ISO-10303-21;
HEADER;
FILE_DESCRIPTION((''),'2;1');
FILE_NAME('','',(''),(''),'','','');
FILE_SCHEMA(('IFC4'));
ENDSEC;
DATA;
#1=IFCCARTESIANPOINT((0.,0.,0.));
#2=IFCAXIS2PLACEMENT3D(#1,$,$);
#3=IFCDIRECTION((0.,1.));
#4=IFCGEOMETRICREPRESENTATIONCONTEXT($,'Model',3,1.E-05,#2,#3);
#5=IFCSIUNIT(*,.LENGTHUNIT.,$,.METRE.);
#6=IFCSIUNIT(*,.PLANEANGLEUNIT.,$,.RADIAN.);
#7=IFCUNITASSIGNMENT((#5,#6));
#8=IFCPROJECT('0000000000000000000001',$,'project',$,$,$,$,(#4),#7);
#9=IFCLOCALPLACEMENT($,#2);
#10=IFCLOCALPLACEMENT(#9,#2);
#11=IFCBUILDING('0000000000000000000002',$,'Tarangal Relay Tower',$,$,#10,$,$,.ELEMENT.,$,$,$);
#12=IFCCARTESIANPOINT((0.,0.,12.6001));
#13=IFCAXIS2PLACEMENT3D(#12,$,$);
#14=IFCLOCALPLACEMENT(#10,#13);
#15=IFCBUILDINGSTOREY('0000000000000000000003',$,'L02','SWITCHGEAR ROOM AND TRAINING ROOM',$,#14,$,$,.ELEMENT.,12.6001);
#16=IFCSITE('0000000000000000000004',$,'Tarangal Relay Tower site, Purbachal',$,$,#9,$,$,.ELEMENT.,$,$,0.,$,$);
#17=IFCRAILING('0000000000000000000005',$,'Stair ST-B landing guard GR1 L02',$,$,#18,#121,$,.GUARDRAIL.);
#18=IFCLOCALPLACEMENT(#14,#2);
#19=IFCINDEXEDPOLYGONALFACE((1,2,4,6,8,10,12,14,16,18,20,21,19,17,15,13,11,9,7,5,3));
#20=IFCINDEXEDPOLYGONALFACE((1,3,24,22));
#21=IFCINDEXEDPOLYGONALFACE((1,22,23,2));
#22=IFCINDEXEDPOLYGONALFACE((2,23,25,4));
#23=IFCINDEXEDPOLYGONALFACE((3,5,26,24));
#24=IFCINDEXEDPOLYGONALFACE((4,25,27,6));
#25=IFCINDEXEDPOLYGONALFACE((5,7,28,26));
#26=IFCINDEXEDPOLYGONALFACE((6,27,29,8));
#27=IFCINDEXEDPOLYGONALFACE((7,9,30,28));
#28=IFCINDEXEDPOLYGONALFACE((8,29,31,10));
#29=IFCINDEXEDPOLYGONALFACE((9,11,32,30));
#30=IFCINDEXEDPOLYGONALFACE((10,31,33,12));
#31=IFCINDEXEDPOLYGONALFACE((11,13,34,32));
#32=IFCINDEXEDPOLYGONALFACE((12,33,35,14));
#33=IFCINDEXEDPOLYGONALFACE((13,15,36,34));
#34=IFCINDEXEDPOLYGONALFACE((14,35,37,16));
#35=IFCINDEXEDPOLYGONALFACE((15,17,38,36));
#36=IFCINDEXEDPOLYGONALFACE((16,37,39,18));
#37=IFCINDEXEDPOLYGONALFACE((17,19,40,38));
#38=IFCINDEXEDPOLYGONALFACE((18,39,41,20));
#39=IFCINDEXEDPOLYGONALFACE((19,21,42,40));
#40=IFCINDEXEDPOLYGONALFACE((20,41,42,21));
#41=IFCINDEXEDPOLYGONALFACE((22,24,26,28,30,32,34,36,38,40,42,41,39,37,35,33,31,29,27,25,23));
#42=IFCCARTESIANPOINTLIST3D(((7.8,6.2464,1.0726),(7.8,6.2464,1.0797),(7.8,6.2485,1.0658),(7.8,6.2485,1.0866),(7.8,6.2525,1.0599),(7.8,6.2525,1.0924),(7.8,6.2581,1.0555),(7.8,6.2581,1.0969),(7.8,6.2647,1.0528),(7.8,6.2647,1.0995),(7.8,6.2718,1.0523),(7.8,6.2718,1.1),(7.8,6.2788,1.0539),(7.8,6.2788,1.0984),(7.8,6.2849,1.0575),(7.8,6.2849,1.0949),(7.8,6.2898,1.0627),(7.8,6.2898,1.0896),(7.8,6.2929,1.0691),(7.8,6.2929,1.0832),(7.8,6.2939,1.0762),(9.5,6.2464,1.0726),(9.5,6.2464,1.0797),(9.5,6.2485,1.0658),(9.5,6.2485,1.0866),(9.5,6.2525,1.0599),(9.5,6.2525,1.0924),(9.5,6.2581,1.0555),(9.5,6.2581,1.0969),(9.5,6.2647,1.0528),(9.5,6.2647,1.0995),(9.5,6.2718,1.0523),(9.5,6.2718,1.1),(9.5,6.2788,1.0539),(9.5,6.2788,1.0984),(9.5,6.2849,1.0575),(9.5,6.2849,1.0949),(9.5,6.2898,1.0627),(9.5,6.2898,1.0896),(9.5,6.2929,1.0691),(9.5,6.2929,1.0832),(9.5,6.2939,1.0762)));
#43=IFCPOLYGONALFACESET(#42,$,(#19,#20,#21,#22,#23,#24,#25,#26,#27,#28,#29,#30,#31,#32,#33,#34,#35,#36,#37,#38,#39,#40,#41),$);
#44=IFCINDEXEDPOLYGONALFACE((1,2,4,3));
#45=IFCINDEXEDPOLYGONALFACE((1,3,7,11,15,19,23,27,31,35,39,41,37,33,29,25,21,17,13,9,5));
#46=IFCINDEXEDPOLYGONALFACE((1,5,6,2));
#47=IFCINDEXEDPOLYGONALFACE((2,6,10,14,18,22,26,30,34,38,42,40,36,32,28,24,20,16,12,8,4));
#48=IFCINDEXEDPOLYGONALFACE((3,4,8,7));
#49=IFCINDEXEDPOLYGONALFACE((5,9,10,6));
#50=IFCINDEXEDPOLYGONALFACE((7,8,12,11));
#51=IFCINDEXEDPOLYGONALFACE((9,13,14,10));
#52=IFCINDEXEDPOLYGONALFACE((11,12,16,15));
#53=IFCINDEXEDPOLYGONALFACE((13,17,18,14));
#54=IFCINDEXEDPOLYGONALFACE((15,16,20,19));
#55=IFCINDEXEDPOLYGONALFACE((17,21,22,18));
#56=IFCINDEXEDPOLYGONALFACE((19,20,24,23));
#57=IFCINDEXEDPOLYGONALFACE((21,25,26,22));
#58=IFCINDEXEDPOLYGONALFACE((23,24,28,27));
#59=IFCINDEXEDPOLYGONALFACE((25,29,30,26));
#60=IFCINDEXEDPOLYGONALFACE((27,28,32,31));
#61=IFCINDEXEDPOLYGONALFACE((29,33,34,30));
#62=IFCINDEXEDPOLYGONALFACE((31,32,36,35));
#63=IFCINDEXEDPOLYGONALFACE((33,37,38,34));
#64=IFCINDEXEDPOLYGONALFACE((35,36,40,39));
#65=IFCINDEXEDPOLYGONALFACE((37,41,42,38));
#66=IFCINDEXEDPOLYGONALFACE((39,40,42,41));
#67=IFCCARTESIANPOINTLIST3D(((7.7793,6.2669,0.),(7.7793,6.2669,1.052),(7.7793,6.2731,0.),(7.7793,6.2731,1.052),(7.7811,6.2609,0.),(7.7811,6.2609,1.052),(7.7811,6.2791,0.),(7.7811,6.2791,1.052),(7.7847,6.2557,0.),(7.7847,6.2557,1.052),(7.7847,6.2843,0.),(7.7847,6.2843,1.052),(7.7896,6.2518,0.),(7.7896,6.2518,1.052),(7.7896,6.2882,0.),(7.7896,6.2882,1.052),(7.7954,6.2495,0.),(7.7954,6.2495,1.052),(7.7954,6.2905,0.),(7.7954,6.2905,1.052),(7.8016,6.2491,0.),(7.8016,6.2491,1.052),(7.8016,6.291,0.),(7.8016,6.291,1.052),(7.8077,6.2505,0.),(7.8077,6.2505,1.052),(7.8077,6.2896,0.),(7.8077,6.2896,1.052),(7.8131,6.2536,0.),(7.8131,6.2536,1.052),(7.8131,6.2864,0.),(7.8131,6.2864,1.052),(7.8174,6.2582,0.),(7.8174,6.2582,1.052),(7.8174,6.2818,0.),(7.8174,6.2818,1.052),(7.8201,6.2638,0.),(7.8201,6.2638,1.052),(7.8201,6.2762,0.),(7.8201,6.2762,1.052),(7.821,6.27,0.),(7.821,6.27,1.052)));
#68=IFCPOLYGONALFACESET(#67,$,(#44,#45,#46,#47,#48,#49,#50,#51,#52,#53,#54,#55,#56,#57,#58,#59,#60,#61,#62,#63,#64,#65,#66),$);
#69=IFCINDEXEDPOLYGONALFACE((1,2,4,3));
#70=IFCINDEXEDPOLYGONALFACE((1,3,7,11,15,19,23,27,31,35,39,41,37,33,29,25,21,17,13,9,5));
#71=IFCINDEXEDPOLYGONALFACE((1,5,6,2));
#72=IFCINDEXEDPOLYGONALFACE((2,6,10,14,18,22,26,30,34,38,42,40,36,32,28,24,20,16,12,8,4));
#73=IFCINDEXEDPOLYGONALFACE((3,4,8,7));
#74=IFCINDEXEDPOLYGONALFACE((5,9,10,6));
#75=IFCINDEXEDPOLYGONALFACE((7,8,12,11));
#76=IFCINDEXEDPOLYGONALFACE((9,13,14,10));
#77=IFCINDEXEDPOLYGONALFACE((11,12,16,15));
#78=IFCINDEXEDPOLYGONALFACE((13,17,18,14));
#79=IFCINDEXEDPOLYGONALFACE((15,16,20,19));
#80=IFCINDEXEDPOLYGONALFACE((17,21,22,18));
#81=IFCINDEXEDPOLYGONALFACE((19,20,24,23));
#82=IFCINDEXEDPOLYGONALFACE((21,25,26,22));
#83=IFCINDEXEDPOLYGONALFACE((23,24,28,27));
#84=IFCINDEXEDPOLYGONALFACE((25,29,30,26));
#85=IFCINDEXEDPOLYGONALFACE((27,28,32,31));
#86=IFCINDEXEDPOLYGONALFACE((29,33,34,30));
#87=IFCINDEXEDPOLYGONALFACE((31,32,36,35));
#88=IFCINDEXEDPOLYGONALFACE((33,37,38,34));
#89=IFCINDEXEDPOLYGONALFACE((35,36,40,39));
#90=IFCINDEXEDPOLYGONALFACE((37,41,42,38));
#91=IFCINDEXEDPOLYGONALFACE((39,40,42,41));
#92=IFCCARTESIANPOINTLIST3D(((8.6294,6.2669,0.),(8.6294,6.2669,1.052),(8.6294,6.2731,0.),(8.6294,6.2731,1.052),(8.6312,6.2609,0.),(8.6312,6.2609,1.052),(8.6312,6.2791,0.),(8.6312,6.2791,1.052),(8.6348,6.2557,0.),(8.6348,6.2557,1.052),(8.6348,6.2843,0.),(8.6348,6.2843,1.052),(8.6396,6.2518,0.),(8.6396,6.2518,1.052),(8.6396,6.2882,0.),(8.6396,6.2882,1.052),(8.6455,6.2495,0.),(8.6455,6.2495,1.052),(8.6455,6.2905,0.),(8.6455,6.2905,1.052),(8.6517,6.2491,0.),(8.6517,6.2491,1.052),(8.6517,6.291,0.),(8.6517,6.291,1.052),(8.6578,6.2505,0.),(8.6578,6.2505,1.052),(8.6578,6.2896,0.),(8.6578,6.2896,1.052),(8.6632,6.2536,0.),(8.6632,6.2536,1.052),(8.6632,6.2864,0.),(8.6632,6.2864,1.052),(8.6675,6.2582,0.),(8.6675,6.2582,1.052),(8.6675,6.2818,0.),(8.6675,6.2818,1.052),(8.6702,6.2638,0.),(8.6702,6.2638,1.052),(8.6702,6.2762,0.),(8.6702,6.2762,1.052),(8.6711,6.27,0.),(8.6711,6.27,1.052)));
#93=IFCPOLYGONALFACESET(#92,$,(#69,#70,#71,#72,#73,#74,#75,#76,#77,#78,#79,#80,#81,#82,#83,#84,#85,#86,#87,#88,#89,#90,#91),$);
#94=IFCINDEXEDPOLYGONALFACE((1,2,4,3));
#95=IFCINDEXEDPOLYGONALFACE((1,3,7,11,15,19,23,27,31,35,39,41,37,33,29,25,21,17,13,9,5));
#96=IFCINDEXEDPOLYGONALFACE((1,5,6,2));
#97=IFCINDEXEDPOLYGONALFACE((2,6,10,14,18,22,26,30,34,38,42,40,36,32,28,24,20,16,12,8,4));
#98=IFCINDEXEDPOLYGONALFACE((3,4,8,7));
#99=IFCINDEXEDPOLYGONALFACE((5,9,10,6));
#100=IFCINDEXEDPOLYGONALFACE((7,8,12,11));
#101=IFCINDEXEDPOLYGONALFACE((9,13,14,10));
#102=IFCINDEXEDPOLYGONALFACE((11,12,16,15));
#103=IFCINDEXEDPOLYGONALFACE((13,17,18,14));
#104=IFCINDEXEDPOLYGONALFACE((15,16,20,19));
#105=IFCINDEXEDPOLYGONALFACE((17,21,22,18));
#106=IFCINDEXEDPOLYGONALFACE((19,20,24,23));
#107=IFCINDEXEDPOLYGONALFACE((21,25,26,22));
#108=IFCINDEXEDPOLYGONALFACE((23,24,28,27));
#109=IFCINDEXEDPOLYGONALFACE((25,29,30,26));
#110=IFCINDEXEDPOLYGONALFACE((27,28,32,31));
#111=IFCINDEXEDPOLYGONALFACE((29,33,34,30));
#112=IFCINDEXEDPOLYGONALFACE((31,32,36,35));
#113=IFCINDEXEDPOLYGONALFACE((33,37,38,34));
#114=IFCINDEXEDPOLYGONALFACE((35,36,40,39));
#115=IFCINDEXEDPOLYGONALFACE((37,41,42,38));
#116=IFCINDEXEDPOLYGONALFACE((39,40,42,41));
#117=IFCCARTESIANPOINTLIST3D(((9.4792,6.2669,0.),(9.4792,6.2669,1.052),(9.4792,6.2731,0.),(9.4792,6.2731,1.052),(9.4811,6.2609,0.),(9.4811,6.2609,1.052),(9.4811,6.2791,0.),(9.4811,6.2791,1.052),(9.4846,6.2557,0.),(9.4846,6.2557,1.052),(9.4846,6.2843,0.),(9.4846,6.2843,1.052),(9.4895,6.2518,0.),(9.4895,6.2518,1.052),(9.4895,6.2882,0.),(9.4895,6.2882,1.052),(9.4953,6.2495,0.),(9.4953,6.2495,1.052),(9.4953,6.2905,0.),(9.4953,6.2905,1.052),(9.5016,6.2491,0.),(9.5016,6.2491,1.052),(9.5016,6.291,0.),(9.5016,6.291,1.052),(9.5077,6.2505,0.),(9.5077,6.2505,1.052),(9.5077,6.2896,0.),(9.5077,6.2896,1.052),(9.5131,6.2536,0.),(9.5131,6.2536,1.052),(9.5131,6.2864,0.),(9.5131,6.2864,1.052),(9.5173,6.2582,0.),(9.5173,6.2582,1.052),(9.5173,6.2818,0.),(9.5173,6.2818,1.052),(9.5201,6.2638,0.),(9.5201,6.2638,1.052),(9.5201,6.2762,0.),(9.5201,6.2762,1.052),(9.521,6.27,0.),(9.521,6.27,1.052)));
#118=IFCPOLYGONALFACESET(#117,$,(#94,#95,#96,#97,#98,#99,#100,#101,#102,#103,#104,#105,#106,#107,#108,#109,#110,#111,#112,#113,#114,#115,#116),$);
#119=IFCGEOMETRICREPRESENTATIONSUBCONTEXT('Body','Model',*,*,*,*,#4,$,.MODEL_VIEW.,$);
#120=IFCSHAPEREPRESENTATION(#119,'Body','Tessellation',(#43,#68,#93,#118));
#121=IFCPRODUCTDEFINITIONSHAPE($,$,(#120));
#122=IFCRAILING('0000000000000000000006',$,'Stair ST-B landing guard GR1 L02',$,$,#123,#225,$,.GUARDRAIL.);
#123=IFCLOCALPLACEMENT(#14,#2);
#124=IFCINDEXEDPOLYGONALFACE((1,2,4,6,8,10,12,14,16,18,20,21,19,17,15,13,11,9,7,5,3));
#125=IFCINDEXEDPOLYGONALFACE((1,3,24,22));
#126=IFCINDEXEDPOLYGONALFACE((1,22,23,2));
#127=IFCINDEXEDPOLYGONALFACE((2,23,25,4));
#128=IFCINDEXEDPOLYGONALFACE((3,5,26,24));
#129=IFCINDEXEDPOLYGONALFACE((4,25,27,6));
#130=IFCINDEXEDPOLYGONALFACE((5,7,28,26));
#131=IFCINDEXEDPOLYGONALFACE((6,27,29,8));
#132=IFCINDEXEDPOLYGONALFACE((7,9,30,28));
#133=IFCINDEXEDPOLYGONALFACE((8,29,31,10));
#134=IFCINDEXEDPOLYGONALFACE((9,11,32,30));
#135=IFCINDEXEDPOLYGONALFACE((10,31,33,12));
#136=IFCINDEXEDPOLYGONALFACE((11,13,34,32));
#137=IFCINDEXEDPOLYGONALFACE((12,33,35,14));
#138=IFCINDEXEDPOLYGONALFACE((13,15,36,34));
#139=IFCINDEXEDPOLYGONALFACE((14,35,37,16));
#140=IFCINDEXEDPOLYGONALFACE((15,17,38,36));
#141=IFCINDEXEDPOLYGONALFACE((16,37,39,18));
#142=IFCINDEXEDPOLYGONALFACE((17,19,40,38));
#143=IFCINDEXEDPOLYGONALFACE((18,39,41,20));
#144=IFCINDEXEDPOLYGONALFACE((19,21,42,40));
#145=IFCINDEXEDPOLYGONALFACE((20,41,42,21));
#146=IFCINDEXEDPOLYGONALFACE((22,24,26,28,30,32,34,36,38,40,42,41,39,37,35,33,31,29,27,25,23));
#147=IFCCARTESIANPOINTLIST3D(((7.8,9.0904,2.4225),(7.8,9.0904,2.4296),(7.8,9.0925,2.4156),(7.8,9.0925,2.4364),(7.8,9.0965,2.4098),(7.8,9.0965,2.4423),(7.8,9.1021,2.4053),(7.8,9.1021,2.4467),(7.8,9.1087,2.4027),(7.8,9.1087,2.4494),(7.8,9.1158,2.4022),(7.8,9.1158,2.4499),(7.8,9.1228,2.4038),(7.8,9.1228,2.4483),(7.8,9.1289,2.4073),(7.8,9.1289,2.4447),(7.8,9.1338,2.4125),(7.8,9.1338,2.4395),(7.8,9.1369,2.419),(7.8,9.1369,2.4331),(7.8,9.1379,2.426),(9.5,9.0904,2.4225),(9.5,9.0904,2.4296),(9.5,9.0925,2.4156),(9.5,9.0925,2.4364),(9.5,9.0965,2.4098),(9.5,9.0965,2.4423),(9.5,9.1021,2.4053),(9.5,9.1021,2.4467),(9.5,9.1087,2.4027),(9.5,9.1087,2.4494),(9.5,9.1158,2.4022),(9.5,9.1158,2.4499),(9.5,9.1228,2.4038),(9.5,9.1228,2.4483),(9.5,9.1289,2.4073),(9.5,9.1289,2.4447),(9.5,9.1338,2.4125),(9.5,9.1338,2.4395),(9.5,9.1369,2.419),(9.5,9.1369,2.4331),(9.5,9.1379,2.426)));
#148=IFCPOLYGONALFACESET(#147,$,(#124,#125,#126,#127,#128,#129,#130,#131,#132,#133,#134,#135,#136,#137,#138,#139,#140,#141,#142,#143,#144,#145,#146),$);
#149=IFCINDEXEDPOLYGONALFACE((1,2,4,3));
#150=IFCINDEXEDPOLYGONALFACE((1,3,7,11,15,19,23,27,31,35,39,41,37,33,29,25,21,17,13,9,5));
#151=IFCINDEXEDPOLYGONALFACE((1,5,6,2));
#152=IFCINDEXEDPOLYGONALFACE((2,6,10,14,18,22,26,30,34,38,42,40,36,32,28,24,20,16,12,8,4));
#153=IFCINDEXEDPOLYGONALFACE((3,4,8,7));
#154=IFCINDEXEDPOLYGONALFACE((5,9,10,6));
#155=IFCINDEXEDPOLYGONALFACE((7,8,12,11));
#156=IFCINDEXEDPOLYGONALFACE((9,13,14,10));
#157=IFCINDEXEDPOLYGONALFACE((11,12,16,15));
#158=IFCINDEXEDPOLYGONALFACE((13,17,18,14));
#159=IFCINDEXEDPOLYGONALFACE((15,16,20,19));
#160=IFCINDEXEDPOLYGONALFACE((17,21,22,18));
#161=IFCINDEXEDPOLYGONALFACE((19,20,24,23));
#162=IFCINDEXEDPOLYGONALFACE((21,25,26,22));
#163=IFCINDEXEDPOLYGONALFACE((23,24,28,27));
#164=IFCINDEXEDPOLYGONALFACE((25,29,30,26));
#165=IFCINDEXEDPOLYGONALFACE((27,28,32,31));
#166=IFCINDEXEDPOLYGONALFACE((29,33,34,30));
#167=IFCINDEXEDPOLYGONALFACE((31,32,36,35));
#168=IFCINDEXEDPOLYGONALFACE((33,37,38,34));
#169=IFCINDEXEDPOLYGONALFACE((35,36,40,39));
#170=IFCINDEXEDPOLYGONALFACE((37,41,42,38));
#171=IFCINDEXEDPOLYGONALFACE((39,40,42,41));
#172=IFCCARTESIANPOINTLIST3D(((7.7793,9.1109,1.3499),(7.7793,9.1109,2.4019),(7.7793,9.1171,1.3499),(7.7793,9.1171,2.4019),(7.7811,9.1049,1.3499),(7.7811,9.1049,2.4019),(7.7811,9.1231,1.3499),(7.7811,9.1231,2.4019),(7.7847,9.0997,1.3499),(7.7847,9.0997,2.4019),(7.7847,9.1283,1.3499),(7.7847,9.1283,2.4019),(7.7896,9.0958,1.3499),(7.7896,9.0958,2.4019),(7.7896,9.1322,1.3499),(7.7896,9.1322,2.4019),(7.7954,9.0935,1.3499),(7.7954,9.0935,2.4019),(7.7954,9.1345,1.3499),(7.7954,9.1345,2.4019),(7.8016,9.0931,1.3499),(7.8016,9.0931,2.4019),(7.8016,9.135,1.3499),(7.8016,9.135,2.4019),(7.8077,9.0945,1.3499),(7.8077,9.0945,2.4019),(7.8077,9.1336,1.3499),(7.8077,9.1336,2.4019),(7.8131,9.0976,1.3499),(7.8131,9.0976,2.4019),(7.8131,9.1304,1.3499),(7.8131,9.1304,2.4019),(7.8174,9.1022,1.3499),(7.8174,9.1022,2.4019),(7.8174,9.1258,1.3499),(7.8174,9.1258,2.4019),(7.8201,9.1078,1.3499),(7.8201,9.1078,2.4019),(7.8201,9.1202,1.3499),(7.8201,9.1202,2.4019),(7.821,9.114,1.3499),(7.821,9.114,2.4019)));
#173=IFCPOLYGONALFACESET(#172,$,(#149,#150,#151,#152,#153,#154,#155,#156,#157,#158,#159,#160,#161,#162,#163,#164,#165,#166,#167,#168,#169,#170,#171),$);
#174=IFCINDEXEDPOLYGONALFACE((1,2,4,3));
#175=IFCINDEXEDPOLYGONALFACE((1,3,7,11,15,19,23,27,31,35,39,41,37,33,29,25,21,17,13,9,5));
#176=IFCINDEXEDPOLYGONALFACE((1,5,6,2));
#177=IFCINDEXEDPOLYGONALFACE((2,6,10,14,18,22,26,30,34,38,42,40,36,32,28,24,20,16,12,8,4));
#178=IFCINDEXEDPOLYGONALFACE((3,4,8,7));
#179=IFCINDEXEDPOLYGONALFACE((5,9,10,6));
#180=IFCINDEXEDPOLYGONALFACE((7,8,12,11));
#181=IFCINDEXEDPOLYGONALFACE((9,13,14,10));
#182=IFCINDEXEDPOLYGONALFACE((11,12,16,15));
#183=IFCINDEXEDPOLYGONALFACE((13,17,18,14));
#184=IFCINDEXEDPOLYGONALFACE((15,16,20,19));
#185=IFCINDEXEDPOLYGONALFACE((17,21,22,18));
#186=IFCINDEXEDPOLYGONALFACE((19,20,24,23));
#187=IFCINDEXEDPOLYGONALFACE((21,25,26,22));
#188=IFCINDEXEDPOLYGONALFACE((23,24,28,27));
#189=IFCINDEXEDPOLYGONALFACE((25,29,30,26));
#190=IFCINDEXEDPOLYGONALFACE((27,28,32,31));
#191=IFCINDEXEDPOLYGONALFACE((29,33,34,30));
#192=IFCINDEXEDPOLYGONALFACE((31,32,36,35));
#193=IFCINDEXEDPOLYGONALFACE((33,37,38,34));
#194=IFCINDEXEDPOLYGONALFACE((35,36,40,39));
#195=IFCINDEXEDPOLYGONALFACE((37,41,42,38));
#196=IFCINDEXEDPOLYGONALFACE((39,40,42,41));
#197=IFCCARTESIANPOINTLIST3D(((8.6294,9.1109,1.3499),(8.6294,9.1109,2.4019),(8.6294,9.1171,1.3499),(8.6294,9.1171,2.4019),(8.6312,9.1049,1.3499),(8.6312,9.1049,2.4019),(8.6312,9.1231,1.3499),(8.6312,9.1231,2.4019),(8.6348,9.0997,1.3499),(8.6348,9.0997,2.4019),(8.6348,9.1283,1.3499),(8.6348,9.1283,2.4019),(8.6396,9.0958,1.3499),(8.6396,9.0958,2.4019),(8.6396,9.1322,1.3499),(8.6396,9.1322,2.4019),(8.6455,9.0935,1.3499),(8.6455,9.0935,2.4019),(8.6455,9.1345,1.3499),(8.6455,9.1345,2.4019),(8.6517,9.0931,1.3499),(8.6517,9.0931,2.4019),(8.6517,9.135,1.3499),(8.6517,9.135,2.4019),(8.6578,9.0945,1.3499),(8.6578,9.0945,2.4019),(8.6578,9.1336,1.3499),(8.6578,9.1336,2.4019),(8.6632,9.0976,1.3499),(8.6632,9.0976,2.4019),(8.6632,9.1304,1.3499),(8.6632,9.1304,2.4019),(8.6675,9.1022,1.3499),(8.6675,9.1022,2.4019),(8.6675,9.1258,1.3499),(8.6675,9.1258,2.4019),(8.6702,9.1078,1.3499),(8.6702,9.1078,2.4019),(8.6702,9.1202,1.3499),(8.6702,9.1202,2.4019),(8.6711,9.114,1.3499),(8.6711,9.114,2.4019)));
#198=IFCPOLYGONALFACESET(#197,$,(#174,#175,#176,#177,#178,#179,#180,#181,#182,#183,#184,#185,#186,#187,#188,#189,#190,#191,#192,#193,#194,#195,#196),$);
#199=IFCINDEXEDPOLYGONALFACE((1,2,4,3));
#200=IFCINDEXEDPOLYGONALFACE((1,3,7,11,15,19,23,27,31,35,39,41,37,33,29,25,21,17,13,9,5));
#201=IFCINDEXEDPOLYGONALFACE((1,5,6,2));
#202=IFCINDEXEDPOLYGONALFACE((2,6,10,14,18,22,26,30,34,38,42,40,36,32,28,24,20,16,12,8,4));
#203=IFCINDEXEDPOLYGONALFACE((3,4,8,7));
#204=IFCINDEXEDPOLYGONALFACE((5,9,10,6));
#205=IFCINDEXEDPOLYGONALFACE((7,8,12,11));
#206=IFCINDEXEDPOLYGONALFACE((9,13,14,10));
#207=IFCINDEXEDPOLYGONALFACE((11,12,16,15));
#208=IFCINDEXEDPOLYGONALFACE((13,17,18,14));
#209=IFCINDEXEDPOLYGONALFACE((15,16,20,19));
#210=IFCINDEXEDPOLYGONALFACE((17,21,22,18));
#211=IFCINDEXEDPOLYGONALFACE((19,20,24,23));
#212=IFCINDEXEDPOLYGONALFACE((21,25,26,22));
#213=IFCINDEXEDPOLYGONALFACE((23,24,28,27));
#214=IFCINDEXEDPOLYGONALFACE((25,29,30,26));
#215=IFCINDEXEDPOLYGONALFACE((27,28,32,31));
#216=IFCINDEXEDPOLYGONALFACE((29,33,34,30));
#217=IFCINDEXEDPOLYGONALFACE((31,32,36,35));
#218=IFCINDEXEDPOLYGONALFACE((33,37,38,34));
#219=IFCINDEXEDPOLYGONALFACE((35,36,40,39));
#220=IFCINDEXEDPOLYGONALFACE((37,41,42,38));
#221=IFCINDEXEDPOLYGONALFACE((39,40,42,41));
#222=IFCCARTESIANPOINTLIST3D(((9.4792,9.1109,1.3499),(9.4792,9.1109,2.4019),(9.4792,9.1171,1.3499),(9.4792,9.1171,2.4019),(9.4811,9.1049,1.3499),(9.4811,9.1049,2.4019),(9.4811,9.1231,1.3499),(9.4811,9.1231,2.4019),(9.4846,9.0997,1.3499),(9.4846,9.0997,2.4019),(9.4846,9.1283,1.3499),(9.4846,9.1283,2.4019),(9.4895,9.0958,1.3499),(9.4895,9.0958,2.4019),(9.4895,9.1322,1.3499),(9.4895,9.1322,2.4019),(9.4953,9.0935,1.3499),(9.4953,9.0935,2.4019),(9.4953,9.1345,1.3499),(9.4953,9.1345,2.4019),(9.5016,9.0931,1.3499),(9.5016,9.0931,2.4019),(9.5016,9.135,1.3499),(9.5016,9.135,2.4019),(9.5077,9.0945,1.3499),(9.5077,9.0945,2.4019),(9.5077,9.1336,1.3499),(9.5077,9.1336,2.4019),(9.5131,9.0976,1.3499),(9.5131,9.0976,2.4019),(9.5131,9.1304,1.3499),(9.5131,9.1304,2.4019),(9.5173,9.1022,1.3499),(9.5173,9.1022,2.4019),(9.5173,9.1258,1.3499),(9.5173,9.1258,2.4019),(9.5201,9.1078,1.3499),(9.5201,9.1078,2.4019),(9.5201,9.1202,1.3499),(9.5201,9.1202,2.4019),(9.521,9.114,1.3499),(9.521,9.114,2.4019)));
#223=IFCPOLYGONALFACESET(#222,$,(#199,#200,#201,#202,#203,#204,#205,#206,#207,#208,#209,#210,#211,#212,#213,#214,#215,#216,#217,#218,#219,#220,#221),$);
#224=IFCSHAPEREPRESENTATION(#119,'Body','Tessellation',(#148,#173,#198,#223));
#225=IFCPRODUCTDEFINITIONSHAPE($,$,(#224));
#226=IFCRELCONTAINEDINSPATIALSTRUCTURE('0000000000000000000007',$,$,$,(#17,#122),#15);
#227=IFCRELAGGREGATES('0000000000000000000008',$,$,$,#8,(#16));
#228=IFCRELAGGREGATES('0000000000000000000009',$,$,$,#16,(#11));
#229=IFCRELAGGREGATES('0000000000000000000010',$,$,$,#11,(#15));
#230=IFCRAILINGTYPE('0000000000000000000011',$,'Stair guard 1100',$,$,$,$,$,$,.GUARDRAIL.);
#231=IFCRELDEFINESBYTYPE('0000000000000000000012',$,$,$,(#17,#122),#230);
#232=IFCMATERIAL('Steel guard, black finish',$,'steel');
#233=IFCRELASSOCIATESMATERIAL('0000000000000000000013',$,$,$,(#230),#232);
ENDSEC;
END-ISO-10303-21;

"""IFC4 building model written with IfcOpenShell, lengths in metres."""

from ifc_helpers import new_model, si_unit, direction, frame, origin, origin_2d, place, context, subcontext, project, spatial, circle, extrude, material, type_object, element, save


model = new_model("IFC4")

# Units and contexts
model_context = context("Model", 3, precision=1e-05, world=origin(), true_north=direction((0.0, 1.0)))
body_context = subcontext(model_context, "Body", "Model", "MODEL_VIEW")
ifc_project = project(units=[si_unit("LENGTHUNIT", "METRE"), si_unit("PLANEANGLEUNIT", "RADIAN")], contexts=[model_context])

# Site, building, storey
site_placement = place(None, origin())
site = spatial("IfcSite", under=ifc_project, at=site_placement, Name="Tarangal Relay Tower site, Purbachal", CompositionType="ELEMENT", RefElevation=0.0)
building_placement = place(site_placement, origin())
building = spatial("IfcBuilding", under=site, at=building_placement, Name="Tarangal Relay Tower", CompositionType="ELEMENT")
storey_placement = place(building_placement, frame((0.0, 0.0, 12.6001)))
storey = spatial("IfcBuildingStorey", under=building, at=storey_placement, Name="L02", Description="SWITCHGEAR ROOM AND TRAINING ROOM", CompositionType="ELEMENT", Elevation=12.6001)

# Railings
ifc_material_1 = material(Name="Steel guard, black finish", Category="steel")
railing_type_1 = type_object("IfcRailingType", Name="Stair guard 1100", PredefinedType="GUARDRAIL", material=ifc_material_1)
for number, where, name in (
    (1, (7.8, 6.27, 0.0), "Stair ST-B landing guard GR1 L02"),
    (2, (7.8, 9.114, 1.3499), "Stair ST-B landing guard GR1 L02"),
):
    element("IfcRailing", number, at=place(storey_placement, frame(where)), inside=storey, type_object=railing_type_1, Name=name, PredefinedType="GUARDRAIL", context=body_context, shape_type="SweptSolid", body=[
        extrude(circle(Radius=0.0239, at=origin_2d()), frame((0.0, 0.0, 1.0762), z_axis=(1.0, 0.0, 0.0), x_axis=(0.0, 1.0, 0.0)), (0.0, 0.0, 1.0), 1.7),
        extrude(circle(Radius=0.021, at=origin_2d()), origin(), (0.0, 0.0, 1.0), 1.052),
        extrude(circle(Radius=0.021, at=origin_2d()), frame((0.8501, 0.0, 0.0)), (0.0, 0.0, 1.0), 1.052),
        extrude(circle(Radius=0.021, at=origin_2d()), frame((1.7, 0.0, 0.0)), (0.0, 0.0, 1.0), 1.052),
    ])

save(model, "model.ifc")
